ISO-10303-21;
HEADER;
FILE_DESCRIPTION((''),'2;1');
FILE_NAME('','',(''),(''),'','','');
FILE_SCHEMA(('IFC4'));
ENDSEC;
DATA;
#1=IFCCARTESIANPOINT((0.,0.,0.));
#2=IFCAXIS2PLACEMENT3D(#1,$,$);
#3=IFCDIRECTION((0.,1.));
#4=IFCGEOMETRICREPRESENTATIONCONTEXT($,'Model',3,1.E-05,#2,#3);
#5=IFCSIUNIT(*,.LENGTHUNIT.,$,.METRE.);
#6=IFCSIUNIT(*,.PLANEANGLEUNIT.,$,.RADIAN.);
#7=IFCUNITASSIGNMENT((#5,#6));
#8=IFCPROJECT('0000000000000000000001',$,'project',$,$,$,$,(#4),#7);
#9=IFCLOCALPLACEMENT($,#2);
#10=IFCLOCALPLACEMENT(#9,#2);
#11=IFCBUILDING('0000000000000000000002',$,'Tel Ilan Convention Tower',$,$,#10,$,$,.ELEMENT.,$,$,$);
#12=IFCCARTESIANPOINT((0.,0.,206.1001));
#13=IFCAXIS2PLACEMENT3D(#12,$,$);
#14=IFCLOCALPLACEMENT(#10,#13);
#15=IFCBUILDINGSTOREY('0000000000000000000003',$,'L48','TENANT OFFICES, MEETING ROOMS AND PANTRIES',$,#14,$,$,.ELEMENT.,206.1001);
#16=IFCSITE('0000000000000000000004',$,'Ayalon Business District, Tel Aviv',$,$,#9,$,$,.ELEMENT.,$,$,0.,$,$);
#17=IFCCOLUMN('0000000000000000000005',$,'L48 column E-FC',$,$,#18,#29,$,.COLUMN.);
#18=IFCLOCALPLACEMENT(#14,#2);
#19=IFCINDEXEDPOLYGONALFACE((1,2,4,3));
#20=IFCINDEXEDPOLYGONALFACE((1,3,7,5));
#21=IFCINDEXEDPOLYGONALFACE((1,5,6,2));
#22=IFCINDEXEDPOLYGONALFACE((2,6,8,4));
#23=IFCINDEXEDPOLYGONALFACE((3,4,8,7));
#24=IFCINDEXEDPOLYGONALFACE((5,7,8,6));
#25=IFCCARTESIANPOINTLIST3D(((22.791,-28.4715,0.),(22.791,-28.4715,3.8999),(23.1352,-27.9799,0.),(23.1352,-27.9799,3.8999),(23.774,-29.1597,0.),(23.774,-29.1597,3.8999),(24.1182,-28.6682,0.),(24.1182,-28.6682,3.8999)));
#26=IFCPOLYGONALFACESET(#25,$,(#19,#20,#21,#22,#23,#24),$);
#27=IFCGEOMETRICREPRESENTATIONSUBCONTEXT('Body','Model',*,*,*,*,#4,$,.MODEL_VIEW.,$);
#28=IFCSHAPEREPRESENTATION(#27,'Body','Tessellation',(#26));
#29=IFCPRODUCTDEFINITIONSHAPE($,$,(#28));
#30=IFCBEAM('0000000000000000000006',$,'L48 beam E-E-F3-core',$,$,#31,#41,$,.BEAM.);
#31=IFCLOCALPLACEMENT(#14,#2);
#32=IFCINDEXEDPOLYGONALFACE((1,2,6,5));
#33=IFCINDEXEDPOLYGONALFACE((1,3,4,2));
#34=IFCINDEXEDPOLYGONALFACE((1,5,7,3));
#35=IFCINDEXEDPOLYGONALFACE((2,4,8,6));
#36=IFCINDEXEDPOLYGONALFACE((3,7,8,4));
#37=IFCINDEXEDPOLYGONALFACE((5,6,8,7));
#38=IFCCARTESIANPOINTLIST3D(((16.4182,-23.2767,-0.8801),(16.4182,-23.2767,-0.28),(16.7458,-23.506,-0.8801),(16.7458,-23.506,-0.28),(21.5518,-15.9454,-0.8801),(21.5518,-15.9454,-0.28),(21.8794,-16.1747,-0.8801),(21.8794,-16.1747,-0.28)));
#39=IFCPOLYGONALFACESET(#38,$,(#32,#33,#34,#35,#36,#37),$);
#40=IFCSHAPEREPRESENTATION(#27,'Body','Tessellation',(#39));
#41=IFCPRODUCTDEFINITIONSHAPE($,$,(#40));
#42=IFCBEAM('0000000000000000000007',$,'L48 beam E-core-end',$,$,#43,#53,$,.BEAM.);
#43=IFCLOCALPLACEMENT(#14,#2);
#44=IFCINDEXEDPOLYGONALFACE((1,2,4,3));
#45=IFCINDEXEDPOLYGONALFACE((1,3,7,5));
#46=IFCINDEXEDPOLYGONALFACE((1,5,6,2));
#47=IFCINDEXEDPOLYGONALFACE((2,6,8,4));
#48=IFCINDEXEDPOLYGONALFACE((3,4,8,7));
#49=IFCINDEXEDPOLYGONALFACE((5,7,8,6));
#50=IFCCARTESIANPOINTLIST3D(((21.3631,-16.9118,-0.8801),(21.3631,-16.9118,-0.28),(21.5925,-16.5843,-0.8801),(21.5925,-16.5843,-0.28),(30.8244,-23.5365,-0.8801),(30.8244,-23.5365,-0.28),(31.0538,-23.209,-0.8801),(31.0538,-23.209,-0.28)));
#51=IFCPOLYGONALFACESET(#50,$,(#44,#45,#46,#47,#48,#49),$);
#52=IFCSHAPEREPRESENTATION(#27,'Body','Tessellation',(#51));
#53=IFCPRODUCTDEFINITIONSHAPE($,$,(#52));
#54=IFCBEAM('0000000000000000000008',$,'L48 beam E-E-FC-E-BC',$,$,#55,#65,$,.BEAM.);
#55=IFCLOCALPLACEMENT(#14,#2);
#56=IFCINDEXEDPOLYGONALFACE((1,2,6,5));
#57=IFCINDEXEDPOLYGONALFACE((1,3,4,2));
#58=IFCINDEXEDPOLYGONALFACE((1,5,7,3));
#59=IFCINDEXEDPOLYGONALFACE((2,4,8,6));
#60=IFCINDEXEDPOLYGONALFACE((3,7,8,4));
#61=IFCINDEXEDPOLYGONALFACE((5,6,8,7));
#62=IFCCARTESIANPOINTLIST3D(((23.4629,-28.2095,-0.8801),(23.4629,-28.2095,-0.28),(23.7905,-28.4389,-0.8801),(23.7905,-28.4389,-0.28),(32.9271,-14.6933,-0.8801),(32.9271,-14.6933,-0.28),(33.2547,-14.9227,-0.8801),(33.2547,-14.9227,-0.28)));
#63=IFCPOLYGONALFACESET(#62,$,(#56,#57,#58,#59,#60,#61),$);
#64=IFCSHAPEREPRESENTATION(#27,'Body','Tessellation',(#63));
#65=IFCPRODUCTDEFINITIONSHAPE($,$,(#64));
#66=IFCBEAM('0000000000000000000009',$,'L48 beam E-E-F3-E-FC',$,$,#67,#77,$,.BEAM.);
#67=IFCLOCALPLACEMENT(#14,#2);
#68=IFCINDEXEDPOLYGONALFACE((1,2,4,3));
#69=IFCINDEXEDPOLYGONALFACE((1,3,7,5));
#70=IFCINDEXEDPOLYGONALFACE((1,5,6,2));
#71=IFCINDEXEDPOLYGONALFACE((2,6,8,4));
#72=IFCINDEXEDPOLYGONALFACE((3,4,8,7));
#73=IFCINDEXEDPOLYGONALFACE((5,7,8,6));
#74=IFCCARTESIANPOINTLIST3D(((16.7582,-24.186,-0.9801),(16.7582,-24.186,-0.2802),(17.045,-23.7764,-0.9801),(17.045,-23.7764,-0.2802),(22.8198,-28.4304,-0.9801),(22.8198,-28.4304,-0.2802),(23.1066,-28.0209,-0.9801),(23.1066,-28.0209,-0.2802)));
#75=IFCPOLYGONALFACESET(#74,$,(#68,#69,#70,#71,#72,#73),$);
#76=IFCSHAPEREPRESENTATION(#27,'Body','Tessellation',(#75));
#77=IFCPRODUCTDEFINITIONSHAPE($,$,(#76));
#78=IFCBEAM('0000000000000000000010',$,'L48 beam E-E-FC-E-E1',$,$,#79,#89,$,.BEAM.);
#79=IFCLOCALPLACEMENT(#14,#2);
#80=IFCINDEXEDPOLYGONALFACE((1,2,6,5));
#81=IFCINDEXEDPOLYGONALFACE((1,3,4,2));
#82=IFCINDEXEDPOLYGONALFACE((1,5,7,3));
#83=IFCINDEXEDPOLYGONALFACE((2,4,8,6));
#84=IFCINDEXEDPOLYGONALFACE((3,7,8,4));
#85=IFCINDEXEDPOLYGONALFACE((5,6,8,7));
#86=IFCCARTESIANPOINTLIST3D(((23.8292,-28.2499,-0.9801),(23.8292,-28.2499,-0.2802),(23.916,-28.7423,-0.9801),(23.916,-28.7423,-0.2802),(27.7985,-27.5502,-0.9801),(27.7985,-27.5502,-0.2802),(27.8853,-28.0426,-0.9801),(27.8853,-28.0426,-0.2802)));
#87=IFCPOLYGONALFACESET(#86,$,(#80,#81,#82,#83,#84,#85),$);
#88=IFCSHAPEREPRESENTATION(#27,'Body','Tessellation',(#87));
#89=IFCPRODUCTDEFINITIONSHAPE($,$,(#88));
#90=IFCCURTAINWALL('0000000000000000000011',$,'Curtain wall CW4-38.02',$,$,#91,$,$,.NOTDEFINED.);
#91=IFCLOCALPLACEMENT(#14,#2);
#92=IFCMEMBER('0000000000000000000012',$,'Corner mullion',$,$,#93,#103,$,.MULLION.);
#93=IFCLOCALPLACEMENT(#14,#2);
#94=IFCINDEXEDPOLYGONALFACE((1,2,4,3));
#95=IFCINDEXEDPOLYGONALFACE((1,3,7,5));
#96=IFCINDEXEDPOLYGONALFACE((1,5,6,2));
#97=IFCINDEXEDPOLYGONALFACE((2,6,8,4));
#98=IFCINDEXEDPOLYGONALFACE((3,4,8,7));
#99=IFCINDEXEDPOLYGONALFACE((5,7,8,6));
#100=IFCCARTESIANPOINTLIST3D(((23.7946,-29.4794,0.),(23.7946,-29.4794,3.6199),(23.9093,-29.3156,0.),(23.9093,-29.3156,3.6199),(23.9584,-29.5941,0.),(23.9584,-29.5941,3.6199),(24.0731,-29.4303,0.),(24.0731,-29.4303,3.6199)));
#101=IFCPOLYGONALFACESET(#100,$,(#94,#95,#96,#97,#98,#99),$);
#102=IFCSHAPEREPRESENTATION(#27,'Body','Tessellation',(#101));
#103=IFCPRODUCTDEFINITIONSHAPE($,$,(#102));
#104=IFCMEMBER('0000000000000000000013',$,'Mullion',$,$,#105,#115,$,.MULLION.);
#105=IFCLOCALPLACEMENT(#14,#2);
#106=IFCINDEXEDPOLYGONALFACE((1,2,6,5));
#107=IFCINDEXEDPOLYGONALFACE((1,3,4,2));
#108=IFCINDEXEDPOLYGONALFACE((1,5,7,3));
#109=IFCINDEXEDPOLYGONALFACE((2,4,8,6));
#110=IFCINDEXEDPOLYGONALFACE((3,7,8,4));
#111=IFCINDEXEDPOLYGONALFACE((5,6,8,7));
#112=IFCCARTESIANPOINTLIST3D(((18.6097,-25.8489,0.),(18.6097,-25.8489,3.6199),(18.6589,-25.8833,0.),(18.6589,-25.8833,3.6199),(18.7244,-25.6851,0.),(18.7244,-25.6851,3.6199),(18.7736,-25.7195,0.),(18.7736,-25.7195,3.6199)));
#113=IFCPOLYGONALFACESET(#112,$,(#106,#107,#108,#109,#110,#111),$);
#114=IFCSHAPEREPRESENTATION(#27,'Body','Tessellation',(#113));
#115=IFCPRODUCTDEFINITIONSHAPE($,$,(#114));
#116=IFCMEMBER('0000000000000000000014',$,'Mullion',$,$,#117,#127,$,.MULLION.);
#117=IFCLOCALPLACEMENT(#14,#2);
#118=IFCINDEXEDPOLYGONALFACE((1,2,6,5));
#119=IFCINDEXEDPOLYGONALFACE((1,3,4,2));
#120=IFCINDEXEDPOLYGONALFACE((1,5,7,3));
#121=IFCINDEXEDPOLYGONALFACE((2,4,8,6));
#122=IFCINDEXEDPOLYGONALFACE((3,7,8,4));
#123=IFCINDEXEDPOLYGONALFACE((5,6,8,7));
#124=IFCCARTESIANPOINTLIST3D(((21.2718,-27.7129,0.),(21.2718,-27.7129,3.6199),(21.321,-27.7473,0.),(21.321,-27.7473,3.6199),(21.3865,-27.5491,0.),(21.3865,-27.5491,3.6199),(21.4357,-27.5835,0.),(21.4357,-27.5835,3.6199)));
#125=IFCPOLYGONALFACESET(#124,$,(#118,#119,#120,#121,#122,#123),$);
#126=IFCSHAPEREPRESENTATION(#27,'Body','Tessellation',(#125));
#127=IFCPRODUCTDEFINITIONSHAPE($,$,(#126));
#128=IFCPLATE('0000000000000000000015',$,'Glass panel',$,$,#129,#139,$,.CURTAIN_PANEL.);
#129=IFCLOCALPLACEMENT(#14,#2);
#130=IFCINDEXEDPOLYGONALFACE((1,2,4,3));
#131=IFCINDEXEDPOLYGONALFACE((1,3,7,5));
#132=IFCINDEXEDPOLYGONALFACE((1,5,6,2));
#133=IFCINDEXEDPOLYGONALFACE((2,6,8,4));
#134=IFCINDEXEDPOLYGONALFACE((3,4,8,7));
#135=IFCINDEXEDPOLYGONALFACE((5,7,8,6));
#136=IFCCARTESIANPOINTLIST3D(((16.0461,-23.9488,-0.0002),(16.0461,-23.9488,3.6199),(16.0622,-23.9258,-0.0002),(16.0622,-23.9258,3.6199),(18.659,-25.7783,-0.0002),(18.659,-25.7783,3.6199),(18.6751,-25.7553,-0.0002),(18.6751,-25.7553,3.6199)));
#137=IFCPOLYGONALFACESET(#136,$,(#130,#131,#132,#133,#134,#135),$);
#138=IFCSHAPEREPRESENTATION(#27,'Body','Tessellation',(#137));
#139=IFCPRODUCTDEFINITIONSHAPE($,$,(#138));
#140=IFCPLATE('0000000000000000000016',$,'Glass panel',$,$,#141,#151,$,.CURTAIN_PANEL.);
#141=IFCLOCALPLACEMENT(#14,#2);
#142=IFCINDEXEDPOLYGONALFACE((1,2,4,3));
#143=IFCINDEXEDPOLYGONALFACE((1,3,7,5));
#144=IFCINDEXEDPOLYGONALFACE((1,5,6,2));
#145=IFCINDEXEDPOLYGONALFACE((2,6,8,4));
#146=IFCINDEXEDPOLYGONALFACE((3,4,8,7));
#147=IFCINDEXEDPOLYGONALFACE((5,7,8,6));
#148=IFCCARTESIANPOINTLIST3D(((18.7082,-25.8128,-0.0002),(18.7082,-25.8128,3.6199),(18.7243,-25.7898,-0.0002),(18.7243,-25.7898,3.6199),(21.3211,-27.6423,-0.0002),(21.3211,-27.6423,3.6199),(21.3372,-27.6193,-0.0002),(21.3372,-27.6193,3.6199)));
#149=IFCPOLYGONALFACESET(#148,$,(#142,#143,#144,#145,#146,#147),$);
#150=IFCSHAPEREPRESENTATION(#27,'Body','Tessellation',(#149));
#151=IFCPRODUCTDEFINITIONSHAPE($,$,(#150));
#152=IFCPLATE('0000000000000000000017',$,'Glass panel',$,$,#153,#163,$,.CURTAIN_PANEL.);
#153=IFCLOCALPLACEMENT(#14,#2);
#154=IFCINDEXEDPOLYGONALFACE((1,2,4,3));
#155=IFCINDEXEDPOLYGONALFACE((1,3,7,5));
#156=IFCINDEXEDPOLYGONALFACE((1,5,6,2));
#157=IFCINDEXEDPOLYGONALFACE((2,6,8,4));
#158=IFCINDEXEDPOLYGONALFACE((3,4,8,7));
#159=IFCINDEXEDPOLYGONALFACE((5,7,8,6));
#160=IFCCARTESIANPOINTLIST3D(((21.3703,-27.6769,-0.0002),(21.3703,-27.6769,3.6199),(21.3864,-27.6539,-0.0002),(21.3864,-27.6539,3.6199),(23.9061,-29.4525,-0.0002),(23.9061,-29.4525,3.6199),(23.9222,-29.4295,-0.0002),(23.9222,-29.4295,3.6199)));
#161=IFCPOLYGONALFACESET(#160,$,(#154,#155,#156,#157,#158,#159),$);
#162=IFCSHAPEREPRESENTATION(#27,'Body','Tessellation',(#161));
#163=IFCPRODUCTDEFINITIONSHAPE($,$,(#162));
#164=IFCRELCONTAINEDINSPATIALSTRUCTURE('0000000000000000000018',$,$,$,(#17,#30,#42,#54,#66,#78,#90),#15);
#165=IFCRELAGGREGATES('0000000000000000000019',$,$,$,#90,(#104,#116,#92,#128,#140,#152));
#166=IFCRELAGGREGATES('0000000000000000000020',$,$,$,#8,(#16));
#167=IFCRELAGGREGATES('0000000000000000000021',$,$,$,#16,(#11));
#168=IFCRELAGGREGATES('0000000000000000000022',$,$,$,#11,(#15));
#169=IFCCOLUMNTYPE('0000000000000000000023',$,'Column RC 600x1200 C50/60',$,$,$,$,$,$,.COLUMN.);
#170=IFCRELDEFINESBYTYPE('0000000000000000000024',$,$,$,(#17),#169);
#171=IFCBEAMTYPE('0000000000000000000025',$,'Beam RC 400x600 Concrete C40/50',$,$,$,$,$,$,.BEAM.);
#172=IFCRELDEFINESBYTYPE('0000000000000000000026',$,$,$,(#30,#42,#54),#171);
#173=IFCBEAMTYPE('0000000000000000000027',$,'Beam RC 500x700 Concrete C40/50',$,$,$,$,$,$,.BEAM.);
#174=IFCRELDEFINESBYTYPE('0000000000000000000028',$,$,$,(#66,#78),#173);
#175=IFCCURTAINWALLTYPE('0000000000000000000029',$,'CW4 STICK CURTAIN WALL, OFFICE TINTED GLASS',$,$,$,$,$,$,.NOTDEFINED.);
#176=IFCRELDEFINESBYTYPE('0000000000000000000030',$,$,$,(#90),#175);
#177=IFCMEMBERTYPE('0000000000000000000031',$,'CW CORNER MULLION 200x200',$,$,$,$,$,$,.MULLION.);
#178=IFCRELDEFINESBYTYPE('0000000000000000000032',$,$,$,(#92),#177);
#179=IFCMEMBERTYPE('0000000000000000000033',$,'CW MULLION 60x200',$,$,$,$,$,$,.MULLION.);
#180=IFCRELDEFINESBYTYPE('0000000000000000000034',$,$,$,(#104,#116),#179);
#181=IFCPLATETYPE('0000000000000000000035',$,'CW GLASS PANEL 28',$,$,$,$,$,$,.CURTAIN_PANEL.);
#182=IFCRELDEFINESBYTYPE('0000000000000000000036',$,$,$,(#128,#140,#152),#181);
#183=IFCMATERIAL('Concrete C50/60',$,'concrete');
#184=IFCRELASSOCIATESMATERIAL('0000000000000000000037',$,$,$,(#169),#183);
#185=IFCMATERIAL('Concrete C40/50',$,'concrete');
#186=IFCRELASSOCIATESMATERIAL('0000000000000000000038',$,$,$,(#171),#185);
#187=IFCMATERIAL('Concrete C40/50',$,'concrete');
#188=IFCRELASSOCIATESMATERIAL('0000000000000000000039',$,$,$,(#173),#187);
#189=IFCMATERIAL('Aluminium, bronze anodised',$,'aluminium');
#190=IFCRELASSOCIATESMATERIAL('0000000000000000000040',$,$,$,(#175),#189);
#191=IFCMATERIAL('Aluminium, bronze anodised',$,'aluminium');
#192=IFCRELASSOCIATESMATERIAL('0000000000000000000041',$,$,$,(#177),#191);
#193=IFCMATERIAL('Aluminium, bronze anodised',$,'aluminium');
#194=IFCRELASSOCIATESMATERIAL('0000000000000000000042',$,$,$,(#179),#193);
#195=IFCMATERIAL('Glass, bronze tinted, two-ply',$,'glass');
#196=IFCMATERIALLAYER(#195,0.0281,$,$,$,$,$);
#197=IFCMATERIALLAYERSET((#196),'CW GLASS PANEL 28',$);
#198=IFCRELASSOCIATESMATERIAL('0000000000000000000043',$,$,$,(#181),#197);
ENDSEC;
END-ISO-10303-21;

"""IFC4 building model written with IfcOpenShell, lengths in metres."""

from ifc_helpers import new_model, si_unit, direction, frame, origin, origin_2d, place, context, subcontext, project, spatial, rectangle, extrude, material, layer, layer_set, material_profile, profile_set, type_object, element, aggregate, save


model = new_model("IFC4")

# Units and contexts
model_context = context("Model", 3, precision=1e-05, world=origin(), true_north=direction((0.0, 1.0)))
body_context = subcontext(model_context, "Body", "Model", "MODEL_VIEW")
ifc_project = project(units=[si_unit("LENGTHUNIT", "METRE"), si_unit("PLANEANGLEUNIT", "RADIAN")], contexts=[model_context])

# Site, building, storey
site_placement = place(None, origin())
site = spatial("IfcSite", under=ifc_project, at=site_placement, Name="Ayalon Business District, Tel Aviv", CompositionType="ELEMENT", RefElevation=0.0)
building_placement = place(site_placement, origin())
building = spatial("IfcBuilding", under=site, at=building_placement, Name="Tel Ilan Convention Tower", CompositionType="ELEMENT")
storey_placement = place(building_placement, frame((0.0, 0.0, 206.1001)))
storey = spatial("IfcBuildingStorey", under=building, at=storey_placement, Name="L48", Description="TENANT OFFICES, MEETING ROOMS AND PANTRIES", CompositionType="ELEMENT", Elevation=206.1001)

# Column
ifc_material_1 = material(Name="Concrete C50/60", Category="concrete")
ifc_material_profile_1 = material_profile(ifc_material_1, rectangle(XDim=1.2, YDim=0.6001, at=origin_2d()), Name="RC 600x1200")
ifc_profile_set_1 = profile_set([ifc_material_profile_1], Name="Concrete C50/60")
column_type = type_object("IfcColumnType", Name="Column RC 600x1200 C50/60", PredefinedType="COLUMN", material=ifc_profile_set_1)
column_placement = place(storey_placement, frame((23.4546, -28.5698, 0.0), z_axis=(0.0, 0.0, 1.0), x_axis=(0.819152, -0.573576, 0.0)))
element("IfcColumn", 1, at=column_placement, inside=storey, type_object=column_type, Name="L48 column E-FC", PredefinedType="COLUMN", context=body_context, shape_type="SweptSolid", body=[
    extrude(rectangle(XDim=1.2, YDim=0.6001, at=origin_2d()), origin(), (0.0, 0.0, 1.0), 3.8999),
])

# Beams
ifc_material_2 = material(Name="Concrete C40/50", Category="concrete")
ifc_material_profile_2 = material_profile(ifc_material_2, rectangle(XDim=0.3999, YDim=0.6001, at=origin_2d()), Name="RC 400x600")
ifc_profile_set_2 = profile_set([ifc_material_profile_2], Name="Concrete C40/50")
beam_type_1 = type_object("IfcBeamType", Name="Beam RC 400x600 Concrete C40/50", PredefinedType="BEAM", material=ifc_profile_set_2)
beam_1_placement = place(storey_placement, frame((16.582, -23.3914, -0.5801), z_axis=(0.573585, 0.819146, 0.0), x_axis=(-0.819146, 0.573585, 0.0)))
element("IfcBeam", 2, at=beam_1_placement, inside=storey, type_object=beam_type_1, Name="L48 beam E-E-F3-core", PredefinedType="BEAM", context=body_context, shape_type="SweptSolid", body=[
    extrude(rectangle(XDim=0.3999, YDim=0.6001, at=origin_2d()), origin(), (0.0, 0.0, 1.0), 8.95),
])
beam_2_placement = place(storey_placement, frame((21.4778, -16.748, -0.5801), z_axis=(0.81916, -0.573564, 0.0), x_axis=(0.573564, 0.81916, 0.0)))
element("IfcBeam", 3, at=beam_2_placement, inside=storey, type_object=beam_type_1, Name="L48 beam E-core-end", PredefinedType="BEAM", context=body_context, shape_type="SweptSolid", body=[
    extrude(rectangle(XDim=0.3999, YDim=0.6001, at=origin_2d()), origin(), (0.0, 0.0, 1.0), 11.55),
])
beam_3_placement = place(storey_placement, frame((23.6267, -28.3242, -0.5801), z_axis=(0.573578, 0.819151, 0.0), x_axis=(-0.819151, 0.573578, 0.0)))
element("IfcBeam", 4, at=beam_3_placement, inside=storey, type_object=beam_type_1, Name="L48 beam E-E-FC-E-BC", PredefinedType="BEAM", context=body_context, shape_type="SweptSolid", body=[
    extrude(rectangle(XDim=0.3999, YDim=0.6001, at=origin_2d()), origin(), (0.0, 0.0, 1.0), 16.5002),
])
ifc_material_3 = material(Name="Concrete C40/50", Category="concrete")
ifc_material_profile_3 = material_profile(ifc_material_3, rectangle(XDim=0.5, YDim=0.7, at=origin_2d()), Name="RC 500x700")
ifc_profile_set_3 = profile_set([ifc_material_profile_3], Name="Concrete C40/50")
beam_type_2 = type_object("IfcBeamType", Name="Beam RC 500x700 Concrete C40/50", PredefinedType="BEAM", material=ifc_profile_set_3)
beam_4_placement = place(storey_placement, frame((16.9016, -23.9812, -0.6301), z_axis=(0.819148, -0.573582, 0.0), x_axis=(0.573582, 0.819148, 0.0)))
element("IfcBeam", 5, at=beam_4_placement, inside=storey, type_object=beam_type_2, Name="L48 beam E-E-F3-E-FC", PredefinedType="BEAM", context=body_context, shape_type="SweptSolid", body=[
    extrude(rectangle(XDim=0.5, YDim=0.7, at=origin_2d()), origin(), (0.0, 0.0, 1.0), 7.3999),
])
beam_5_placement = place(storey_placement, frame((23.8726, -28.4961, -0.6301), z_axis=(0.984815, 0.173606, 0.0), x_axis=(-0.173606, 0.984815, 0.0)))
element("IfcBeam", 6, at=beam_5_placement, inside=storey, type_object=beam_type_2, Name="L48 beam E-E-FC-E-E1", PredefinedType="BEAM", context=body_context, shape_type="SweptSolid", body=[
    extrude(rectangle(XDim=0.5, YDim=0.7, at=origin_2d()), origin(), (0.0, 0.0, 1.0), 4.0305),
])

# Curtain wall, members, plates
ifc_material_4 = material(Name="Aluminium, bronze anodised", Category="aluminium")
curtain_wall_type = type_object("IfcCurtainWallType", Name="CW4 STICK CURTAIN WALL, OFFICE TINTED GLASS", PredefinedType="NOTDEFINED", material=ifc_material_4)
curtain_wall_placement = place(storey_placement, origin())
curtain_wall = element("IfcCurtainWall", 7, at=curtain_wall_placement, inside=storey, type_object=curtain_wall_type, Name="Curtain wall CW4-38.02", PredefinedType="NOTDEFINED")
ifc_material_5 = material(Name="Aluminium, bronze anodised", Category="aluminium")
ifc_material_profile_4 = material_profile(ifc_material_5, rectangle(XDim=0.2, YDim=0.2, at=origin_2d()), Name="CW CORNER MULLION 200x200")
ifc_profile_set_4 = profile_set([ifc_material_profile_4], Name="Aluminium, bronze anodised")
member_type_1 = type_object("IfcMemberType", Name="CW CORNER MULLION 200x200", PredefinedType="MULLION", material=ifc_profile_set_4)
member_1_placement = place(storey_placement, frame((23.9338, -29.4548, 0.0), z_axis=(0.0, 0.0, 1.0), x_axis=(0.819152, -0.573576, 0.0)))
member_1 = element("IfcMember", 8, at=member_1_placement, type_object=member_type_1, Name="Corner mullion", PredefinedType="MULLION", context=body_context, shape_type="SweptSolid", body=[
    extrude(rectangle(XDim=0.2, YDim=0.2, at=origin_2d()), origin(), (0.0, 0.0, 1.0), 3.6199),
])
ifc_material_6 = material(Name="Aluminium, bronze anodised", Category="aluminium")
ifc_material_profile_5 = material_profile(ifc_material_6, rectangle(XDim=0.0601, YDim=0.2, at=origin_2d()), Name="CW MULLION 60x200")
ifc_profile_set_5 = profile_set([ifc_material_profile_5], Name="Aluminium, bronze anodised")
member_type_2 = type_object("IfcMemberType", Name="CW MULLION 60x200", PredefinedType="MULLION", material=ifc_profile_set_5)
member_2_placement = place(storey_placement, frame((18.6917, -25.7842, 0.0), z_axis=(0.0, 0.0, 1.0), x_axis=(0.819152, -0.573576, 0.0)))
member_2 = element("IfcMember", 9, at=member_2_placement, type_object=member_type_2, Name="Mullion", PredefinedType="MULLION", context=body_context, shape_type="SweptSolid", body=[
    extrude(rectangle(XDim=0.0601, YDim=0.2, at=origin_2d()), origin(), (0.0, 0.0, 1.0), 3.6199),
])
member_3_placement = place(storey_placement, frame((21.3538, -27.6482, 0.0), z_axis=(0.0, 0.0, 1.0), x_axis=(0.819152, -0.573576, 0.0)))
member_3 = element("IfcMember", 10, at=member_3_placement, type_object=member_type_2, Name="Mullion", PredefinedType="MULLION", context=body_context, shape_type="SweptSolid", body=[
    extrude(rectangle(XDim=0.0601, YDim=0.2, at=origin_2d()), origin(), (0.0, 0.0, 1.0), 3.6199),
])
ifc_material_7 = material(Name="Glass, bronze tinted, two-ply", Category="glass")
ifc_layer_1 = layer(ifc_material_7, 0.0281)
ifc_layer_set_1 = layer_set([ifc_layer_1], Name="CW GLASS PANEL 28")
plate_type = type_object("IfcPlateType", Name="CW GLASS PANEL 28", PredefinedType="CURTAIN_PANEL", material=ifc_layer_set_1)
plate_1_placement = place(storey_placement, frame((17.3606, -24.8521, -0.0002), z_axis=(0.0, 0.0, 1.0), x_axis=(0.819152, -0.573576, 0.0)))
plate_1 = element("IfcPlate", 11, at=plate_1_placement, type_object=plate_type, Name="Glass panel", PredefinedType="CURTAIN_PANEL", context=body_context, shape_type="SweptSolid", body=[
    extrude(rectangle(XDim=3.1897, YDim=0.0281, at=origin_2d()), origin(), (0.0, 0.0, 1.0), 3.6201),
])
plate_2_placement = place(storey_placement, frame((20.0227, -26.7161, -0.0002), z_axis=(0.0, 0.0, 1.0), x_axis=(0.819152, -0.573576, 0.0)))
plate_2 = element("IfcPlate", 12, at=plate_2_placement, type_object=plate_type, Name="Glass panel", PredefinedType="CURTAIN_PANEL", context=body_context, shape_type="SweptSolid", body=[
    extrude(rectangle(XDim=3.1897, YDim=0.0281, at=origin_2d()), origin(), (0.0, 0.0, 1.0), 3.6201),
])
plate_3_placement = place(storey_placement, frame((22.6462, -28.5532, -0.0002), z_axis=(0.0, 0.0, 1.0), x_axis=(0.819152, -0.573576, 0.0)))
plate_3 = element("IfcPlate", 13, at=plate_3_placement, type_object=plate_type, Name="Glass panel", PredefinedType="CURTAIN_PANEL", context=body_context, shape_type="SweptSolid", body=[
    extrude(rectangle(XDim=3.0957, YDim=0.0281, at=origin_2d()), origin(), (0.0, 0.0, 1.0), 3.6201),
])
aggregate(curtain_wall, [member_2, member_3, member_1, plate_1, plate_2, plate_3])

save(model, "model.ifc")
